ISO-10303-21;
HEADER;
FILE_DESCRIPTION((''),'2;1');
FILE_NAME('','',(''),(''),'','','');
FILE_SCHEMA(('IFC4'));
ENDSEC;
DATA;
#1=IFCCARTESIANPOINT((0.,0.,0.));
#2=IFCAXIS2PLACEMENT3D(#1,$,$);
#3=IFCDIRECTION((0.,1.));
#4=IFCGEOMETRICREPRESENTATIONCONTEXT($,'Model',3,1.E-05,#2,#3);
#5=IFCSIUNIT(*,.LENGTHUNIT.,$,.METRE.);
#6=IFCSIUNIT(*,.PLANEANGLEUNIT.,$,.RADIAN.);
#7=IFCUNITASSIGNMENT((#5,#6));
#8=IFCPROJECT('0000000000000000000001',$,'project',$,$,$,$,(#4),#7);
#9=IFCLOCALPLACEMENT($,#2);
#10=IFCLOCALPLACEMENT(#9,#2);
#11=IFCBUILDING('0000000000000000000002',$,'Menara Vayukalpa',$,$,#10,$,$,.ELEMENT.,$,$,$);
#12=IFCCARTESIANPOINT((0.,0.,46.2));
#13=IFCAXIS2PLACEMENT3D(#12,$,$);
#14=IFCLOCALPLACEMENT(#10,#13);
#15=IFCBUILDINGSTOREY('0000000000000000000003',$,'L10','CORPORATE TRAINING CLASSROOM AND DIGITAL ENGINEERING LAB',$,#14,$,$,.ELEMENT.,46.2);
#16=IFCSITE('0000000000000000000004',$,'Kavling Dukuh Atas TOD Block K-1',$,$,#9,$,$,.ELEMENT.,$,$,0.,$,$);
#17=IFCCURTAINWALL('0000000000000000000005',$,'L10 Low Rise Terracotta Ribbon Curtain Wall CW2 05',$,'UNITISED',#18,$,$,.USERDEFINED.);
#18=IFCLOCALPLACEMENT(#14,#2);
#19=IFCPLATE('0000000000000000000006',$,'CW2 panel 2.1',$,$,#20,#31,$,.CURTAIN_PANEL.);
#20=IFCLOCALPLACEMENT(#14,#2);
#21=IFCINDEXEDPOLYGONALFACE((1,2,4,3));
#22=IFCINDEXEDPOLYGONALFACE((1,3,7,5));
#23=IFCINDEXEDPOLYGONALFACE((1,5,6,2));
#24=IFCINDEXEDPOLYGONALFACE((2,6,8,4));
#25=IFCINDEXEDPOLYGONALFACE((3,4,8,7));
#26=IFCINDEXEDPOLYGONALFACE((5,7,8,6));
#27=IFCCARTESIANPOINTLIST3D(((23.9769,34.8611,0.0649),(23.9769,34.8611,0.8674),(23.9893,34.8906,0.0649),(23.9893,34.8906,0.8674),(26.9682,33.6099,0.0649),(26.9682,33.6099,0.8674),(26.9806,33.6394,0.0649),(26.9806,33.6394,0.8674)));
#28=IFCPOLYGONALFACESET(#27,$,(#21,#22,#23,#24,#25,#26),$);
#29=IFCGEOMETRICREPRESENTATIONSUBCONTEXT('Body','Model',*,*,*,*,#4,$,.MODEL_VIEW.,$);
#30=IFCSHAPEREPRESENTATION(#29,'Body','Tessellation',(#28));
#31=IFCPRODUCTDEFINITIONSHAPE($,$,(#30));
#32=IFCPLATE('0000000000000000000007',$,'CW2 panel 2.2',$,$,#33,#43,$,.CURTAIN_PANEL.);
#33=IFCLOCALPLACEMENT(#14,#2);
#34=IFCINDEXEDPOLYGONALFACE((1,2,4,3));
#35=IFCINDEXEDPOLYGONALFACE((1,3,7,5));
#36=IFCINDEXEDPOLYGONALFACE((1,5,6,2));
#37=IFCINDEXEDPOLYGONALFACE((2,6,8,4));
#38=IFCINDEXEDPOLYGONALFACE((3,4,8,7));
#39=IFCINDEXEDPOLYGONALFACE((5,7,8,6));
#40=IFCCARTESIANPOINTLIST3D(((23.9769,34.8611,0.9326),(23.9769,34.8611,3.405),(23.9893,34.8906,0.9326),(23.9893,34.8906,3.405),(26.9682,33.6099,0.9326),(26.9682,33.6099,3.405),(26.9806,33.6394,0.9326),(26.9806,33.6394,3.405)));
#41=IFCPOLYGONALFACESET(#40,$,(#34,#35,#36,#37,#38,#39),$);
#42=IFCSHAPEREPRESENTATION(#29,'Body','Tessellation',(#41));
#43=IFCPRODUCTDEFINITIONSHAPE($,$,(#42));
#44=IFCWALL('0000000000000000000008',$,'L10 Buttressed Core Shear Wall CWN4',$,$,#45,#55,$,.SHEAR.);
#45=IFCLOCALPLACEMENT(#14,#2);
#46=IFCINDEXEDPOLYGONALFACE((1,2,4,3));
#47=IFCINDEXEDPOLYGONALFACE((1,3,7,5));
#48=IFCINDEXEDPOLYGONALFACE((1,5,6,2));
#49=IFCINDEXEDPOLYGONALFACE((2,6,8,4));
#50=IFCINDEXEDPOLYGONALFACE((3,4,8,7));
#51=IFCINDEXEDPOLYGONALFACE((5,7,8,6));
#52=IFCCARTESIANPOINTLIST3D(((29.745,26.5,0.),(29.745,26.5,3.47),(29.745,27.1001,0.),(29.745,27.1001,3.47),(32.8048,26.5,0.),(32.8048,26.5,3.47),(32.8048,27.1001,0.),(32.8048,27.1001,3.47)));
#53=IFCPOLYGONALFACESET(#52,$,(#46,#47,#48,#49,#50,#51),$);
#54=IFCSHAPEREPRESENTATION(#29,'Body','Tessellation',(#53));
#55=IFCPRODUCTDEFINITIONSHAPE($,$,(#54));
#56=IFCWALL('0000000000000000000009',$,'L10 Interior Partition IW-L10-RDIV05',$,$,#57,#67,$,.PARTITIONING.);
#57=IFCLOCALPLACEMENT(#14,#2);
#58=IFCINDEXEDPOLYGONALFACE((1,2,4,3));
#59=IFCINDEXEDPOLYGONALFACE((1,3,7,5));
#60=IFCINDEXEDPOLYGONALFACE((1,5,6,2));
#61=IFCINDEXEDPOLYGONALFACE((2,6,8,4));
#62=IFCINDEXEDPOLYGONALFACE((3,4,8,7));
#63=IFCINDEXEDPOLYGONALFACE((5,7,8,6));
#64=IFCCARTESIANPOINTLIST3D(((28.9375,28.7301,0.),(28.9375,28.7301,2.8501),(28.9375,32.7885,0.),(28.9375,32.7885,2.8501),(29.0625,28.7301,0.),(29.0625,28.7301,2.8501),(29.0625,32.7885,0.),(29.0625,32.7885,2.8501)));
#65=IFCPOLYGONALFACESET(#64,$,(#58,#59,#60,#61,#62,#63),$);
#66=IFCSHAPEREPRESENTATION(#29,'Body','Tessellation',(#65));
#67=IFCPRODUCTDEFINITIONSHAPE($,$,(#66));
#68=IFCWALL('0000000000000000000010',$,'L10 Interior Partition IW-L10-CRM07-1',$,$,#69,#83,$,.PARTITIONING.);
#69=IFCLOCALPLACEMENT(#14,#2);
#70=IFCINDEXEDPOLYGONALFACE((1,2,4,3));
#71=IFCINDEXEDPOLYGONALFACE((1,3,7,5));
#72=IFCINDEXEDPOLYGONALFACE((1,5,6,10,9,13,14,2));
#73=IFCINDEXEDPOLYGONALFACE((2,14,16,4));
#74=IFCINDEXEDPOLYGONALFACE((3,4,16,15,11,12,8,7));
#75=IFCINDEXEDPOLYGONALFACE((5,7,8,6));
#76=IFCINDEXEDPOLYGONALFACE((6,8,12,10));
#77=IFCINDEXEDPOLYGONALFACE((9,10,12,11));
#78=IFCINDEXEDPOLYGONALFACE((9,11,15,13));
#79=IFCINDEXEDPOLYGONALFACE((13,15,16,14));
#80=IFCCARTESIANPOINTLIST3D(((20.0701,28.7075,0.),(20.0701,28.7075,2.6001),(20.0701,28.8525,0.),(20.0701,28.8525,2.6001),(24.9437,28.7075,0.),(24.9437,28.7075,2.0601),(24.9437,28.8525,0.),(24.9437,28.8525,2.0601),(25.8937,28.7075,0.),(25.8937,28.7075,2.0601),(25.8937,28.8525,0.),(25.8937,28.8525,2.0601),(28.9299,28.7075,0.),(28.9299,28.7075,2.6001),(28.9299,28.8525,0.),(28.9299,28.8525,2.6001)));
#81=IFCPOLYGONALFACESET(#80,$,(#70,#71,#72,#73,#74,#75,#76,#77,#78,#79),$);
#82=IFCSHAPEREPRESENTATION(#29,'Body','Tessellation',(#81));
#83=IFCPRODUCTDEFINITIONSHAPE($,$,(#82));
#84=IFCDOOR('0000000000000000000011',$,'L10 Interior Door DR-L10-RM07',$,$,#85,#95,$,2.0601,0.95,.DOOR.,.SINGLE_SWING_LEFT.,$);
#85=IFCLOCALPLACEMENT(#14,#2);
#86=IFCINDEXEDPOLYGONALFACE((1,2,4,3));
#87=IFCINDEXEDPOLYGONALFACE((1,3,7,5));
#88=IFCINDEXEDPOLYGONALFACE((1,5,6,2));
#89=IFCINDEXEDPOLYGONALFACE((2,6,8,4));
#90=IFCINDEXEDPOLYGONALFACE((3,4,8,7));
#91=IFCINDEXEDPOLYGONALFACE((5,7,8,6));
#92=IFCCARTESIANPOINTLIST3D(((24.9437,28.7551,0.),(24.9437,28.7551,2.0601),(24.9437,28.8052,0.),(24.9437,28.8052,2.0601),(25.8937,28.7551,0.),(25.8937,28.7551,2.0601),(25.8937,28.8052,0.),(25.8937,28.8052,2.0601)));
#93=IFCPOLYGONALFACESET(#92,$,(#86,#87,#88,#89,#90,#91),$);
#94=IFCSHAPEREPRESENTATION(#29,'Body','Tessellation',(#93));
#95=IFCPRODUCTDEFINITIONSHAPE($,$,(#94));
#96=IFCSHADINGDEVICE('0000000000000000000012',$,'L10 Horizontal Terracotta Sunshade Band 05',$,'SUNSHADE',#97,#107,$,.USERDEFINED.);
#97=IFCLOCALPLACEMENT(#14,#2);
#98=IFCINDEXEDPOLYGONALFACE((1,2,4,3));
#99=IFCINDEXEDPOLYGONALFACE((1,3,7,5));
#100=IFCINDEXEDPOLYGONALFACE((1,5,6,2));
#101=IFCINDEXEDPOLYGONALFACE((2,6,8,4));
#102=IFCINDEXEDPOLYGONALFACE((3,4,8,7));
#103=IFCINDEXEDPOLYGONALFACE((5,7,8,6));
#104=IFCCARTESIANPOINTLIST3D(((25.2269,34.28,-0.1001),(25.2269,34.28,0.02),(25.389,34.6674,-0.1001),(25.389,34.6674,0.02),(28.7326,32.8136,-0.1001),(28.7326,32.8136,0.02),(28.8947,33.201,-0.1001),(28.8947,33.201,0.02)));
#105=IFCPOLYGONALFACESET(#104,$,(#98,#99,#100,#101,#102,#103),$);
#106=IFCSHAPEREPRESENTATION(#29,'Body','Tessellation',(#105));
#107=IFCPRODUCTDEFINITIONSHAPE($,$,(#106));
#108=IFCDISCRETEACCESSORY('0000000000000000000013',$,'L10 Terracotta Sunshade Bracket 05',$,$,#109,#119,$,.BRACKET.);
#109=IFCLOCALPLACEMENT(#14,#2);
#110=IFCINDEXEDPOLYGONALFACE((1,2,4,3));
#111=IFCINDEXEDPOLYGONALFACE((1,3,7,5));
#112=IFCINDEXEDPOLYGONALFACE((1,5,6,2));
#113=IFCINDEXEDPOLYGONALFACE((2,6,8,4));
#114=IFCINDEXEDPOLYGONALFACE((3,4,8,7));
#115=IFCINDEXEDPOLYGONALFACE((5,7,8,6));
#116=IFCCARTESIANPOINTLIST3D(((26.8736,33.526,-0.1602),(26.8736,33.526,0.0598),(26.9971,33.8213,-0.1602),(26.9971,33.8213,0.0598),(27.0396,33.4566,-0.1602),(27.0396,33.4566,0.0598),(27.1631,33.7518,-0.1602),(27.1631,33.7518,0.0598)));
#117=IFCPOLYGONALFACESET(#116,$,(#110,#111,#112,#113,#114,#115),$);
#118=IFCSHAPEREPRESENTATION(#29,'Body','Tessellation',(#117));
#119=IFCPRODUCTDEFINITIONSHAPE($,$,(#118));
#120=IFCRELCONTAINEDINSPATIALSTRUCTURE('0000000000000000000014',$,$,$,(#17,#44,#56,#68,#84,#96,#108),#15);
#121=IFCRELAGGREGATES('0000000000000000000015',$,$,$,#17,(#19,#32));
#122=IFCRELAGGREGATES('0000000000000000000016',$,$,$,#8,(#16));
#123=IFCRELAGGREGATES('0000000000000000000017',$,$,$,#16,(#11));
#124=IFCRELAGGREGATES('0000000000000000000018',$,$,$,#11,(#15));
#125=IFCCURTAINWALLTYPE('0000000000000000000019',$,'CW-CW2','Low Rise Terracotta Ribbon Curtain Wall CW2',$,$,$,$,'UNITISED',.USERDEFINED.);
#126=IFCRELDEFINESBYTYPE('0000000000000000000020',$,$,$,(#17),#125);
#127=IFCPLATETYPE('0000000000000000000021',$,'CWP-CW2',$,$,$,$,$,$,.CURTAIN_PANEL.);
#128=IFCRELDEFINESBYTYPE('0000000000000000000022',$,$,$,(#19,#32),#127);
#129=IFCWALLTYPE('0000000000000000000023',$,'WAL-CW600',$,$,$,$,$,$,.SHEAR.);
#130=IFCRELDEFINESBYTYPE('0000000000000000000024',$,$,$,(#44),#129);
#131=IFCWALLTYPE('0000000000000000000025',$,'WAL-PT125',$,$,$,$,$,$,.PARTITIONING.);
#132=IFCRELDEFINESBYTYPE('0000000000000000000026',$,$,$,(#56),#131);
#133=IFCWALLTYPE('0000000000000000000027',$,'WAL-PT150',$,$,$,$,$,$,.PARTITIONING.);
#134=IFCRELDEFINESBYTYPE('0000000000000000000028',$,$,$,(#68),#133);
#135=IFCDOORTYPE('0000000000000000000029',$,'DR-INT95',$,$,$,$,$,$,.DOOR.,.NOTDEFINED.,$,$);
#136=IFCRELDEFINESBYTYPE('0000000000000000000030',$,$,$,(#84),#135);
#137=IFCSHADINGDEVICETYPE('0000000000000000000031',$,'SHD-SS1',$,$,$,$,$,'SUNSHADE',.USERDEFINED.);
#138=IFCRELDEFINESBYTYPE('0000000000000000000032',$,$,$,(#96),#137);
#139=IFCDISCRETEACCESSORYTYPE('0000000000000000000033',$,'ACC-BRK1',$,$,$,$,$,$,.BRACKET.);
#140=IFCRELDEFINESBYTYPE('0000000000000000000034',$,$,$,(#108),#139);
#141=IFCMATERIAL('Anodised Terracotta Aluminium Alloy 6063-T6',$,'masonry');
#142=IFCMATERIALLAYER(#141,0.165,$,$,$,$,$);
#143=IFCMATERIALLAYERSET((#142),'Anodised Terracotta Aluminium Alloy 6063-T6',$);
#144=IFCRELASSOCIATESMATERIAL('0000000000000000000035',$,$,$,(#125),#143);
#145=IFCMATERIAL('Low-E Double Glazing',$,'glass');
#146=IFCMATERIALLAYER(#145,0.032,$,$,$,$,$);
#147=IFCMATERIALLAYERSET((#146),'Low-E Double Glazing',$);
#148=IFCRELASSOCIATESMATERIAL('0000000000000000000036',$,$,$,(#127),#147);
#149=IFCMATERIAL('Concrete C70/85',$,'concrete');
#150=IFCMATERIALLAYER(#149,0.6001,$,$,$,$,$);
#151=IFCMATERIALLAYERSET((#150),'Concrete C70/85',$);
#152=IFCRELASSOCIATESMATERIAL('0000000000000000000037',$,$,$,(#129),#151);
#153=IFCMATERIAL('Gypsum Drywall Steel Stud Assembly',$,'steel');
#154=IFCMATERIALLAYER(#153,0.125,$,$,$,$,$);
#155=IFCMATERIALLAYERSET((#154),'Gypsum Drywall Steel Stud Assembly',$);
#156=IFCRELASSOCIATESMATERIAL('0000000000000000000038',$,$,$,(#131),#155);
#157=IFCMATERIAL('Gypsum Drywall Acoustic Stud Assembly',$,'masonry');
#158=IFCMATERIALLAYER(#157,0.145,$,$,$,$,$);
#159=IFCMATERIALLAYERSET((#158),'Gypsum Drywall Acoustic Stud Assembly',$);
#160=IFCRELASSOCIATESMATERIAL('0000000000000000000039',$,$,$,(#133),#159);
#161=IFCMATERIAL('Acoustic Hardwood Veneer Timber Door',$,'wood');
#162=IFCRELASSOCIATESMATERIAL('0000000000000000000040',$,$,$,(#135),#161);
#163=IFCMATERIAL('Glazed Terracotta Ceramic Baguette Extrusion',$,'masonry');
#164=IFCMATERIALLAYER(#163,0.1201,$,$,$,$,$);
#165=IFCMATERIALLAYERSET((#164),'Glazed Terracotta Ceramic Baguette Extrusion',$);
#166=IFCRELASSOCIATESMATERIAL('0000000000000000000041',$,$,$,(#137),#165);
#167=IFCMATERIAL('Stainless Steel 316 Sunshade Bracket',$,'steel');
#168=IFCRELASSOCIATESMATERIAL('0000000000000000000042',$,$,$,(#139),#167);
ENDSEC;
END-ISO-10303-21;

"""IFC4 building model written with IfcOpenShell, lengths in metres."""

from ifc_helpers import new_model, si_unit, direction, frame, frame_2d, origin, origin_2d, place, context, subcontext, project, spatial, rectangle, extrude, material, layer, layer_set, type_object, element, fill, aggregate, save


model = new_model("IFC4")

# Units and contexts
model_context = context("Model", 3, precision=1e-05, world=origin(), true_north=direction((0.0, 1.0)))
body_context = subcontext(model_context, "Body", "Model", "MODEL_VIEW")
ifc_project = project(units=[si_unit("LENGTHUNIT", "METRE"), si_unit("PLANEANGLEUNIT", "RADIAN")], contexts=[model_context])

# Site, building, storey
site_placement = place(None, origin())
site = spatial("IfcSite", under=ifc_project, at=site_placement, Name="Kavling Dukuh Atas TOD Block K-1", CompositionType="ELEMENT", RefElevation=0.0)
building_placement = place(site_placement, origin())
building = spatial("IfcBuilding", under=site, at=building_placement, Name="Menara Vayukalpa", CompositionType="ELEMENT")
storey_placement = place(building_placement, frame((0.0, 0.0, 46.2)))
storey = spatial("IfcBuildingStorey", under=building, at=storey_placement, Name="L10", Description="CORPORATE TRAINING CLASSROOM AND DIGITAL ENGINEERING LAB", CompositionType="ELEMENT", Elevation=46.2)

# Shared definitions
ifc_material_1 = material(Name="Anodised Terracotta Aluminium Alloy 6063-T6", Category="masonry")
ifc_layer_1 = layer(ifc_material_1, 0.165)
ifc_layer_set_1 = layer_set([ifc_layer_1], Name="Anodised Terracotta Aluminium Alloy 6063-T6")
curtain_wall_type = type_object("IfcCurtainWallType", Name="CW-CW2", Description="Low Rise Terracotta Ribbon Curtain Wall CW2", ElementType="UNITISED", PredefinedType="USERDEFINED", material=ifc_layer_set_1)

# Curtain wall, plates
curtain_wall_1_placement = place(storey_placement, origin())
curtain_wall_1 = element("IfcCurtainWall", 1, at=curtain_wall_1_placement, inside=storey, type_object=curtain_wall_type, Name="L10 Low Rise Terracotta Ribbon Curtain Wall CW2 05", ObjectType="UNITISED", PredefinedType="USERDEFINED")
ifc_material_2 = material(Name="Low-E Double Glazing", Category="glass")
ifc_layer_2 = layer(ifc_material_2, 0.032)
ifc_layer_set_2 = layer_set([ifc_layer_2], Name="Low-E Double Glazing")
plate_type = type_object("IfcPlateType", Name="CWP-CW2", PredefinedType="CURTAIN_PANEL", material=ifc_layer_set_2)
plate_1_placement = place(storey_placement, frame((25.4788, 34.2502, 0.0649), z_axis=(0.0, 0.0, 1.0), x_axis=(-0.922543, 0.385895, 0.0)))
plate_1 = element("IfcPlate", 2, at=plate_1_placement, type_object=plate_type, Name="CW2 panel 2.1", PredefinedType="CURTAIN_PANEL", context=body_context, shape_type="SweptSolid", body=[
    extrude(rectangle(XDim=3.2424, YDim=0.032, at=origin_2d()), origin(), (0.0, 0.0, 1.0), 0.8025),
])
plate_2_placement = place(storey_placement, frame((25.4788, 34.2502, 0.9326), z_axis=(0.0, 0.0, 1.0), x_axis=(-0.922543, 0.385895, 0.0)))
plate_2 = element("IfcPlate", 3, at=plate_2_placement, type_object=plate_type, Name="CW2 panel 2.2", PredefinedType="CURTAIN_PANEL", context=body_context, shape_type="SweptSolid", body=[
    extrude(rectangle(XDim=3.2424, YDim=0.032, at=origin_2d()), origin(), (0.0, 0.0, 1.0), 2.4724),
])
aggregate(curtain_wall_1, [plate_1, plate_2])

# Walls
ifc_material_3 = material(Name="Concrete C70/85", Category="concrete")
ifc_layer_3 = layer(ifc_material_3, 0.6001)
ifc_layer_set_3 = layer_set([ifc_layer_3], Name="Concrete C70/85")
wall_type_1 = type_object("IfcWallType", Name="WAL-CW600", PredefinedType="SHEAR", material=ifc_layer_set_3)
wall_1_placement = place(storey_placement, frame((29.7451, 26.8, 0.0), z_axis=(0.0, 0.0, 1.0), x_axis=(1.0, 0.0, 0.0)))
element("IfcWall", 4, at=wall_1_placement, inside=storey, type_object=wall_type_1, Name="L10 Buttressed Core Shear Wall CWN4", PredefinedType="SHEAR", context=body_context, shape_type="SweptSolid", body=[
    extrude(rectangle(XDim=3.0598, YDim=0.6001, at=frame_2d((1.5298, 0.0))), origin(), (0.0, 0.0, 1.0), 3.47),
])
ifc_material_4 = material(Name="Gypsum Drywall Steel Stud Assembly", Category="steel")
ifc_layer_4 = layer(ifc_material_4, 0.125)
ifc_layer_set_4 = layer_set([ifc_layer_4], Name="Gypsum Drywall Steel Stud Assembly")
wall_type_2 = type_object("IfcWallType", Name="WAL-PT125", PredefinedType="PARTITIONING", material=ifc_layer_set_4)
wall_2_placement = place(storey_placement, frame((29.0, 28.73, 0.0), z_axis=(0.0, 0.0, 1.0), x_axis=(0.0, 1.0, 0.0)))
element("IfcWall", 5, at=wall_2_placement, inside=storey, type_object=wall_type_2, Name="L10 Interior Partition IW-L10-RDIV05", PredefinedType="PARTITIONING", context=body_context, shape_type="SweptSolid", body=[
    extrude(rectangle(XDim=4.0583, YDim=0.125, at=frame_2d((2.0293, 0.0))), origin(), (0.0, 0.0, 1.0), 2.8501),
])

# Wall, opening, door
ifc_material_5 = material(Name="Gypsum Drywall Acoustic Stud Assembly", Category="masonry")
ifc_layer_5 = layer(ifc_material_5, 0.145)
ifc_layer_set_5 = layer_set([ifc_layer_5], Name="Gypsum Drywall Acoustic Stud Assembly")
wall_type_3 = type_object("IfcWallType", Name="WAL-PT150", PredefinedType="PARTITIONING", material=ifc_layer_set_5)
wall_3_placement = place(storey_placement, frame((28.9299, 28.78, 0.0), z_axis=(0.0, 0.0, 1.0), x_axis=(-1.0, 0.0, 0.0)))
wall_3 = element("IfcWall", 6, at=wall_3_placement, inside=storey, type_object=wall_type_3, Name="L10 Interior Partition IW-L10-CRM07-1", PredefinedType="PARTITIONING", context=body_context, shape_type="SweptSolid", body=[
    extrude(rectangle(XDim=8.8599, YDim=0.145, at=frame_2d((4.4299, 0.0))), origin(), (0.0, 0.0, 1.0), 2.6001),
])
opening_placement = place(wall_3_placement, frame((3.0361, 0.0, 0.0)))
opening = element("IfcOpeningElement", 7, at=opening_placement, cuts=wall_3, PredefinedType="OPENING", context=body_context, shape_type="SweptSolid", body=[
    extrude(rectangle(XDim=0.95, YDim=2.0601, at=frame_2d((0.4751, 1.03))), frame((0.0, 0.0825, 0.0), z_axis=(0.0, -1.0, 0.0), x_axis=(1.0, 0.0, 0.0)), (0.0, 0.0, 1.0), 0.165),
])
ifc_material_6 = material(Name="Acoustic Hardwood Veneer Timber Door", Category="wood")
door_type = type_object("IfcDoorType", Name="DR-INT95", OperationType="NOTDEFINED", PredefinedType="DOOR", material=ifc_material_6)
door_placement = place(opening_placement, origin())
door = element("IfcDoor", 8, at=door_placement, inside=storey, type_object=door_type, Name="L10 Interior Door DR-L10-RM07", OperationType="SINGLE_SWING_LEFT", OverallHeight=2.0601, OverallWidth=0.95, PredefinedType="DOOR", context=body_context, shape_type="SweptSolid", body=[
    extrude(rectangle(XDim=0.95, YDim=2.0601, at=frame_2d((0.4751, 1.03))), frame((0.0, 0.0249, 0.0), z_axis=(0.0, -1.0, 0.0), x_axis=(1.0, 0.0, 0.0)), (0.0, 0.0, 1.0), 0.05),
])
fill(opening, door)

# Shading device
ifc_material_7 = material(Name="Glazed Terracotta Ceramic Baguette Extrusion", Category="masonry")
ifc_layer_6 = layer(ifc_material_7, 0.1201)
ifc_layer_set_6 = layer_set([ifc_layer_6], Name="Glazed Terracotta Ceramic Baguette Extrusion")
shading_device_type = type_object("IfcShadingDeviceType", Name="SHD-SS1", ElementType="SUNSHADE", PredefinedType="USERDEFINED", material=ifc_layer_set_6)
shading_device_placement = place(storey_placement, frame((27.0608, 33.7405, -0.1001), z_axis=(0.0, 0.0, 1.0), x_axis=(-0.922545, 0.38589, 0.0)))
element("IfcShadingDevice", 9, at=shading_device_placement, inside=storey, type_object=shading_device_type, Name="L10 Horizontal Terracotta Sunshade Band 05", ObjectType="SUNSHADE", PredefinedType="USERDEFINED", context=body_context, shape_type="SweptSolid", body=[
    extrude(rectangle(XDim=3.8, YDim=0.4199, at=origin_2d()), origin(), (0.0, 0.0, 1.0), 0.1201),
])

# Discrete accessory
ifc_material_8 = material(Name="Stainless Steel 316 Sunshade Bracket", Category="steel")
discrete_accessory_type = type_object("IfcDiscreteAccessoryType", Name="ACC-BRK1", PredefinedType="BRACKET", material=ifc_material_8)
discrete_accessory_placement = place(storey_placement, frame((27.0183, 33.6389, -0.1602), z_axis=(0.0, 0.0, 1.0), x_axis=(-0.922545, 0.38589, 0.0)))
element("IfcDiscreteAccessory", 10, at=discrete_accessory_placement, inside=storey, type_object=discrete_accessory_type, Name="L10 Terracotta Sunshade Bracket 05", PredefinedType="BRACKET", context=body_context, shape_type="SweptSolid", body=[
    extrude(rectangle(XDim=0.1799, YDim=0.3201, at=origin_2d()), origin(), (0.0, 0.0, 1.0), 0.22),
])

save(model, "model.ifc")
